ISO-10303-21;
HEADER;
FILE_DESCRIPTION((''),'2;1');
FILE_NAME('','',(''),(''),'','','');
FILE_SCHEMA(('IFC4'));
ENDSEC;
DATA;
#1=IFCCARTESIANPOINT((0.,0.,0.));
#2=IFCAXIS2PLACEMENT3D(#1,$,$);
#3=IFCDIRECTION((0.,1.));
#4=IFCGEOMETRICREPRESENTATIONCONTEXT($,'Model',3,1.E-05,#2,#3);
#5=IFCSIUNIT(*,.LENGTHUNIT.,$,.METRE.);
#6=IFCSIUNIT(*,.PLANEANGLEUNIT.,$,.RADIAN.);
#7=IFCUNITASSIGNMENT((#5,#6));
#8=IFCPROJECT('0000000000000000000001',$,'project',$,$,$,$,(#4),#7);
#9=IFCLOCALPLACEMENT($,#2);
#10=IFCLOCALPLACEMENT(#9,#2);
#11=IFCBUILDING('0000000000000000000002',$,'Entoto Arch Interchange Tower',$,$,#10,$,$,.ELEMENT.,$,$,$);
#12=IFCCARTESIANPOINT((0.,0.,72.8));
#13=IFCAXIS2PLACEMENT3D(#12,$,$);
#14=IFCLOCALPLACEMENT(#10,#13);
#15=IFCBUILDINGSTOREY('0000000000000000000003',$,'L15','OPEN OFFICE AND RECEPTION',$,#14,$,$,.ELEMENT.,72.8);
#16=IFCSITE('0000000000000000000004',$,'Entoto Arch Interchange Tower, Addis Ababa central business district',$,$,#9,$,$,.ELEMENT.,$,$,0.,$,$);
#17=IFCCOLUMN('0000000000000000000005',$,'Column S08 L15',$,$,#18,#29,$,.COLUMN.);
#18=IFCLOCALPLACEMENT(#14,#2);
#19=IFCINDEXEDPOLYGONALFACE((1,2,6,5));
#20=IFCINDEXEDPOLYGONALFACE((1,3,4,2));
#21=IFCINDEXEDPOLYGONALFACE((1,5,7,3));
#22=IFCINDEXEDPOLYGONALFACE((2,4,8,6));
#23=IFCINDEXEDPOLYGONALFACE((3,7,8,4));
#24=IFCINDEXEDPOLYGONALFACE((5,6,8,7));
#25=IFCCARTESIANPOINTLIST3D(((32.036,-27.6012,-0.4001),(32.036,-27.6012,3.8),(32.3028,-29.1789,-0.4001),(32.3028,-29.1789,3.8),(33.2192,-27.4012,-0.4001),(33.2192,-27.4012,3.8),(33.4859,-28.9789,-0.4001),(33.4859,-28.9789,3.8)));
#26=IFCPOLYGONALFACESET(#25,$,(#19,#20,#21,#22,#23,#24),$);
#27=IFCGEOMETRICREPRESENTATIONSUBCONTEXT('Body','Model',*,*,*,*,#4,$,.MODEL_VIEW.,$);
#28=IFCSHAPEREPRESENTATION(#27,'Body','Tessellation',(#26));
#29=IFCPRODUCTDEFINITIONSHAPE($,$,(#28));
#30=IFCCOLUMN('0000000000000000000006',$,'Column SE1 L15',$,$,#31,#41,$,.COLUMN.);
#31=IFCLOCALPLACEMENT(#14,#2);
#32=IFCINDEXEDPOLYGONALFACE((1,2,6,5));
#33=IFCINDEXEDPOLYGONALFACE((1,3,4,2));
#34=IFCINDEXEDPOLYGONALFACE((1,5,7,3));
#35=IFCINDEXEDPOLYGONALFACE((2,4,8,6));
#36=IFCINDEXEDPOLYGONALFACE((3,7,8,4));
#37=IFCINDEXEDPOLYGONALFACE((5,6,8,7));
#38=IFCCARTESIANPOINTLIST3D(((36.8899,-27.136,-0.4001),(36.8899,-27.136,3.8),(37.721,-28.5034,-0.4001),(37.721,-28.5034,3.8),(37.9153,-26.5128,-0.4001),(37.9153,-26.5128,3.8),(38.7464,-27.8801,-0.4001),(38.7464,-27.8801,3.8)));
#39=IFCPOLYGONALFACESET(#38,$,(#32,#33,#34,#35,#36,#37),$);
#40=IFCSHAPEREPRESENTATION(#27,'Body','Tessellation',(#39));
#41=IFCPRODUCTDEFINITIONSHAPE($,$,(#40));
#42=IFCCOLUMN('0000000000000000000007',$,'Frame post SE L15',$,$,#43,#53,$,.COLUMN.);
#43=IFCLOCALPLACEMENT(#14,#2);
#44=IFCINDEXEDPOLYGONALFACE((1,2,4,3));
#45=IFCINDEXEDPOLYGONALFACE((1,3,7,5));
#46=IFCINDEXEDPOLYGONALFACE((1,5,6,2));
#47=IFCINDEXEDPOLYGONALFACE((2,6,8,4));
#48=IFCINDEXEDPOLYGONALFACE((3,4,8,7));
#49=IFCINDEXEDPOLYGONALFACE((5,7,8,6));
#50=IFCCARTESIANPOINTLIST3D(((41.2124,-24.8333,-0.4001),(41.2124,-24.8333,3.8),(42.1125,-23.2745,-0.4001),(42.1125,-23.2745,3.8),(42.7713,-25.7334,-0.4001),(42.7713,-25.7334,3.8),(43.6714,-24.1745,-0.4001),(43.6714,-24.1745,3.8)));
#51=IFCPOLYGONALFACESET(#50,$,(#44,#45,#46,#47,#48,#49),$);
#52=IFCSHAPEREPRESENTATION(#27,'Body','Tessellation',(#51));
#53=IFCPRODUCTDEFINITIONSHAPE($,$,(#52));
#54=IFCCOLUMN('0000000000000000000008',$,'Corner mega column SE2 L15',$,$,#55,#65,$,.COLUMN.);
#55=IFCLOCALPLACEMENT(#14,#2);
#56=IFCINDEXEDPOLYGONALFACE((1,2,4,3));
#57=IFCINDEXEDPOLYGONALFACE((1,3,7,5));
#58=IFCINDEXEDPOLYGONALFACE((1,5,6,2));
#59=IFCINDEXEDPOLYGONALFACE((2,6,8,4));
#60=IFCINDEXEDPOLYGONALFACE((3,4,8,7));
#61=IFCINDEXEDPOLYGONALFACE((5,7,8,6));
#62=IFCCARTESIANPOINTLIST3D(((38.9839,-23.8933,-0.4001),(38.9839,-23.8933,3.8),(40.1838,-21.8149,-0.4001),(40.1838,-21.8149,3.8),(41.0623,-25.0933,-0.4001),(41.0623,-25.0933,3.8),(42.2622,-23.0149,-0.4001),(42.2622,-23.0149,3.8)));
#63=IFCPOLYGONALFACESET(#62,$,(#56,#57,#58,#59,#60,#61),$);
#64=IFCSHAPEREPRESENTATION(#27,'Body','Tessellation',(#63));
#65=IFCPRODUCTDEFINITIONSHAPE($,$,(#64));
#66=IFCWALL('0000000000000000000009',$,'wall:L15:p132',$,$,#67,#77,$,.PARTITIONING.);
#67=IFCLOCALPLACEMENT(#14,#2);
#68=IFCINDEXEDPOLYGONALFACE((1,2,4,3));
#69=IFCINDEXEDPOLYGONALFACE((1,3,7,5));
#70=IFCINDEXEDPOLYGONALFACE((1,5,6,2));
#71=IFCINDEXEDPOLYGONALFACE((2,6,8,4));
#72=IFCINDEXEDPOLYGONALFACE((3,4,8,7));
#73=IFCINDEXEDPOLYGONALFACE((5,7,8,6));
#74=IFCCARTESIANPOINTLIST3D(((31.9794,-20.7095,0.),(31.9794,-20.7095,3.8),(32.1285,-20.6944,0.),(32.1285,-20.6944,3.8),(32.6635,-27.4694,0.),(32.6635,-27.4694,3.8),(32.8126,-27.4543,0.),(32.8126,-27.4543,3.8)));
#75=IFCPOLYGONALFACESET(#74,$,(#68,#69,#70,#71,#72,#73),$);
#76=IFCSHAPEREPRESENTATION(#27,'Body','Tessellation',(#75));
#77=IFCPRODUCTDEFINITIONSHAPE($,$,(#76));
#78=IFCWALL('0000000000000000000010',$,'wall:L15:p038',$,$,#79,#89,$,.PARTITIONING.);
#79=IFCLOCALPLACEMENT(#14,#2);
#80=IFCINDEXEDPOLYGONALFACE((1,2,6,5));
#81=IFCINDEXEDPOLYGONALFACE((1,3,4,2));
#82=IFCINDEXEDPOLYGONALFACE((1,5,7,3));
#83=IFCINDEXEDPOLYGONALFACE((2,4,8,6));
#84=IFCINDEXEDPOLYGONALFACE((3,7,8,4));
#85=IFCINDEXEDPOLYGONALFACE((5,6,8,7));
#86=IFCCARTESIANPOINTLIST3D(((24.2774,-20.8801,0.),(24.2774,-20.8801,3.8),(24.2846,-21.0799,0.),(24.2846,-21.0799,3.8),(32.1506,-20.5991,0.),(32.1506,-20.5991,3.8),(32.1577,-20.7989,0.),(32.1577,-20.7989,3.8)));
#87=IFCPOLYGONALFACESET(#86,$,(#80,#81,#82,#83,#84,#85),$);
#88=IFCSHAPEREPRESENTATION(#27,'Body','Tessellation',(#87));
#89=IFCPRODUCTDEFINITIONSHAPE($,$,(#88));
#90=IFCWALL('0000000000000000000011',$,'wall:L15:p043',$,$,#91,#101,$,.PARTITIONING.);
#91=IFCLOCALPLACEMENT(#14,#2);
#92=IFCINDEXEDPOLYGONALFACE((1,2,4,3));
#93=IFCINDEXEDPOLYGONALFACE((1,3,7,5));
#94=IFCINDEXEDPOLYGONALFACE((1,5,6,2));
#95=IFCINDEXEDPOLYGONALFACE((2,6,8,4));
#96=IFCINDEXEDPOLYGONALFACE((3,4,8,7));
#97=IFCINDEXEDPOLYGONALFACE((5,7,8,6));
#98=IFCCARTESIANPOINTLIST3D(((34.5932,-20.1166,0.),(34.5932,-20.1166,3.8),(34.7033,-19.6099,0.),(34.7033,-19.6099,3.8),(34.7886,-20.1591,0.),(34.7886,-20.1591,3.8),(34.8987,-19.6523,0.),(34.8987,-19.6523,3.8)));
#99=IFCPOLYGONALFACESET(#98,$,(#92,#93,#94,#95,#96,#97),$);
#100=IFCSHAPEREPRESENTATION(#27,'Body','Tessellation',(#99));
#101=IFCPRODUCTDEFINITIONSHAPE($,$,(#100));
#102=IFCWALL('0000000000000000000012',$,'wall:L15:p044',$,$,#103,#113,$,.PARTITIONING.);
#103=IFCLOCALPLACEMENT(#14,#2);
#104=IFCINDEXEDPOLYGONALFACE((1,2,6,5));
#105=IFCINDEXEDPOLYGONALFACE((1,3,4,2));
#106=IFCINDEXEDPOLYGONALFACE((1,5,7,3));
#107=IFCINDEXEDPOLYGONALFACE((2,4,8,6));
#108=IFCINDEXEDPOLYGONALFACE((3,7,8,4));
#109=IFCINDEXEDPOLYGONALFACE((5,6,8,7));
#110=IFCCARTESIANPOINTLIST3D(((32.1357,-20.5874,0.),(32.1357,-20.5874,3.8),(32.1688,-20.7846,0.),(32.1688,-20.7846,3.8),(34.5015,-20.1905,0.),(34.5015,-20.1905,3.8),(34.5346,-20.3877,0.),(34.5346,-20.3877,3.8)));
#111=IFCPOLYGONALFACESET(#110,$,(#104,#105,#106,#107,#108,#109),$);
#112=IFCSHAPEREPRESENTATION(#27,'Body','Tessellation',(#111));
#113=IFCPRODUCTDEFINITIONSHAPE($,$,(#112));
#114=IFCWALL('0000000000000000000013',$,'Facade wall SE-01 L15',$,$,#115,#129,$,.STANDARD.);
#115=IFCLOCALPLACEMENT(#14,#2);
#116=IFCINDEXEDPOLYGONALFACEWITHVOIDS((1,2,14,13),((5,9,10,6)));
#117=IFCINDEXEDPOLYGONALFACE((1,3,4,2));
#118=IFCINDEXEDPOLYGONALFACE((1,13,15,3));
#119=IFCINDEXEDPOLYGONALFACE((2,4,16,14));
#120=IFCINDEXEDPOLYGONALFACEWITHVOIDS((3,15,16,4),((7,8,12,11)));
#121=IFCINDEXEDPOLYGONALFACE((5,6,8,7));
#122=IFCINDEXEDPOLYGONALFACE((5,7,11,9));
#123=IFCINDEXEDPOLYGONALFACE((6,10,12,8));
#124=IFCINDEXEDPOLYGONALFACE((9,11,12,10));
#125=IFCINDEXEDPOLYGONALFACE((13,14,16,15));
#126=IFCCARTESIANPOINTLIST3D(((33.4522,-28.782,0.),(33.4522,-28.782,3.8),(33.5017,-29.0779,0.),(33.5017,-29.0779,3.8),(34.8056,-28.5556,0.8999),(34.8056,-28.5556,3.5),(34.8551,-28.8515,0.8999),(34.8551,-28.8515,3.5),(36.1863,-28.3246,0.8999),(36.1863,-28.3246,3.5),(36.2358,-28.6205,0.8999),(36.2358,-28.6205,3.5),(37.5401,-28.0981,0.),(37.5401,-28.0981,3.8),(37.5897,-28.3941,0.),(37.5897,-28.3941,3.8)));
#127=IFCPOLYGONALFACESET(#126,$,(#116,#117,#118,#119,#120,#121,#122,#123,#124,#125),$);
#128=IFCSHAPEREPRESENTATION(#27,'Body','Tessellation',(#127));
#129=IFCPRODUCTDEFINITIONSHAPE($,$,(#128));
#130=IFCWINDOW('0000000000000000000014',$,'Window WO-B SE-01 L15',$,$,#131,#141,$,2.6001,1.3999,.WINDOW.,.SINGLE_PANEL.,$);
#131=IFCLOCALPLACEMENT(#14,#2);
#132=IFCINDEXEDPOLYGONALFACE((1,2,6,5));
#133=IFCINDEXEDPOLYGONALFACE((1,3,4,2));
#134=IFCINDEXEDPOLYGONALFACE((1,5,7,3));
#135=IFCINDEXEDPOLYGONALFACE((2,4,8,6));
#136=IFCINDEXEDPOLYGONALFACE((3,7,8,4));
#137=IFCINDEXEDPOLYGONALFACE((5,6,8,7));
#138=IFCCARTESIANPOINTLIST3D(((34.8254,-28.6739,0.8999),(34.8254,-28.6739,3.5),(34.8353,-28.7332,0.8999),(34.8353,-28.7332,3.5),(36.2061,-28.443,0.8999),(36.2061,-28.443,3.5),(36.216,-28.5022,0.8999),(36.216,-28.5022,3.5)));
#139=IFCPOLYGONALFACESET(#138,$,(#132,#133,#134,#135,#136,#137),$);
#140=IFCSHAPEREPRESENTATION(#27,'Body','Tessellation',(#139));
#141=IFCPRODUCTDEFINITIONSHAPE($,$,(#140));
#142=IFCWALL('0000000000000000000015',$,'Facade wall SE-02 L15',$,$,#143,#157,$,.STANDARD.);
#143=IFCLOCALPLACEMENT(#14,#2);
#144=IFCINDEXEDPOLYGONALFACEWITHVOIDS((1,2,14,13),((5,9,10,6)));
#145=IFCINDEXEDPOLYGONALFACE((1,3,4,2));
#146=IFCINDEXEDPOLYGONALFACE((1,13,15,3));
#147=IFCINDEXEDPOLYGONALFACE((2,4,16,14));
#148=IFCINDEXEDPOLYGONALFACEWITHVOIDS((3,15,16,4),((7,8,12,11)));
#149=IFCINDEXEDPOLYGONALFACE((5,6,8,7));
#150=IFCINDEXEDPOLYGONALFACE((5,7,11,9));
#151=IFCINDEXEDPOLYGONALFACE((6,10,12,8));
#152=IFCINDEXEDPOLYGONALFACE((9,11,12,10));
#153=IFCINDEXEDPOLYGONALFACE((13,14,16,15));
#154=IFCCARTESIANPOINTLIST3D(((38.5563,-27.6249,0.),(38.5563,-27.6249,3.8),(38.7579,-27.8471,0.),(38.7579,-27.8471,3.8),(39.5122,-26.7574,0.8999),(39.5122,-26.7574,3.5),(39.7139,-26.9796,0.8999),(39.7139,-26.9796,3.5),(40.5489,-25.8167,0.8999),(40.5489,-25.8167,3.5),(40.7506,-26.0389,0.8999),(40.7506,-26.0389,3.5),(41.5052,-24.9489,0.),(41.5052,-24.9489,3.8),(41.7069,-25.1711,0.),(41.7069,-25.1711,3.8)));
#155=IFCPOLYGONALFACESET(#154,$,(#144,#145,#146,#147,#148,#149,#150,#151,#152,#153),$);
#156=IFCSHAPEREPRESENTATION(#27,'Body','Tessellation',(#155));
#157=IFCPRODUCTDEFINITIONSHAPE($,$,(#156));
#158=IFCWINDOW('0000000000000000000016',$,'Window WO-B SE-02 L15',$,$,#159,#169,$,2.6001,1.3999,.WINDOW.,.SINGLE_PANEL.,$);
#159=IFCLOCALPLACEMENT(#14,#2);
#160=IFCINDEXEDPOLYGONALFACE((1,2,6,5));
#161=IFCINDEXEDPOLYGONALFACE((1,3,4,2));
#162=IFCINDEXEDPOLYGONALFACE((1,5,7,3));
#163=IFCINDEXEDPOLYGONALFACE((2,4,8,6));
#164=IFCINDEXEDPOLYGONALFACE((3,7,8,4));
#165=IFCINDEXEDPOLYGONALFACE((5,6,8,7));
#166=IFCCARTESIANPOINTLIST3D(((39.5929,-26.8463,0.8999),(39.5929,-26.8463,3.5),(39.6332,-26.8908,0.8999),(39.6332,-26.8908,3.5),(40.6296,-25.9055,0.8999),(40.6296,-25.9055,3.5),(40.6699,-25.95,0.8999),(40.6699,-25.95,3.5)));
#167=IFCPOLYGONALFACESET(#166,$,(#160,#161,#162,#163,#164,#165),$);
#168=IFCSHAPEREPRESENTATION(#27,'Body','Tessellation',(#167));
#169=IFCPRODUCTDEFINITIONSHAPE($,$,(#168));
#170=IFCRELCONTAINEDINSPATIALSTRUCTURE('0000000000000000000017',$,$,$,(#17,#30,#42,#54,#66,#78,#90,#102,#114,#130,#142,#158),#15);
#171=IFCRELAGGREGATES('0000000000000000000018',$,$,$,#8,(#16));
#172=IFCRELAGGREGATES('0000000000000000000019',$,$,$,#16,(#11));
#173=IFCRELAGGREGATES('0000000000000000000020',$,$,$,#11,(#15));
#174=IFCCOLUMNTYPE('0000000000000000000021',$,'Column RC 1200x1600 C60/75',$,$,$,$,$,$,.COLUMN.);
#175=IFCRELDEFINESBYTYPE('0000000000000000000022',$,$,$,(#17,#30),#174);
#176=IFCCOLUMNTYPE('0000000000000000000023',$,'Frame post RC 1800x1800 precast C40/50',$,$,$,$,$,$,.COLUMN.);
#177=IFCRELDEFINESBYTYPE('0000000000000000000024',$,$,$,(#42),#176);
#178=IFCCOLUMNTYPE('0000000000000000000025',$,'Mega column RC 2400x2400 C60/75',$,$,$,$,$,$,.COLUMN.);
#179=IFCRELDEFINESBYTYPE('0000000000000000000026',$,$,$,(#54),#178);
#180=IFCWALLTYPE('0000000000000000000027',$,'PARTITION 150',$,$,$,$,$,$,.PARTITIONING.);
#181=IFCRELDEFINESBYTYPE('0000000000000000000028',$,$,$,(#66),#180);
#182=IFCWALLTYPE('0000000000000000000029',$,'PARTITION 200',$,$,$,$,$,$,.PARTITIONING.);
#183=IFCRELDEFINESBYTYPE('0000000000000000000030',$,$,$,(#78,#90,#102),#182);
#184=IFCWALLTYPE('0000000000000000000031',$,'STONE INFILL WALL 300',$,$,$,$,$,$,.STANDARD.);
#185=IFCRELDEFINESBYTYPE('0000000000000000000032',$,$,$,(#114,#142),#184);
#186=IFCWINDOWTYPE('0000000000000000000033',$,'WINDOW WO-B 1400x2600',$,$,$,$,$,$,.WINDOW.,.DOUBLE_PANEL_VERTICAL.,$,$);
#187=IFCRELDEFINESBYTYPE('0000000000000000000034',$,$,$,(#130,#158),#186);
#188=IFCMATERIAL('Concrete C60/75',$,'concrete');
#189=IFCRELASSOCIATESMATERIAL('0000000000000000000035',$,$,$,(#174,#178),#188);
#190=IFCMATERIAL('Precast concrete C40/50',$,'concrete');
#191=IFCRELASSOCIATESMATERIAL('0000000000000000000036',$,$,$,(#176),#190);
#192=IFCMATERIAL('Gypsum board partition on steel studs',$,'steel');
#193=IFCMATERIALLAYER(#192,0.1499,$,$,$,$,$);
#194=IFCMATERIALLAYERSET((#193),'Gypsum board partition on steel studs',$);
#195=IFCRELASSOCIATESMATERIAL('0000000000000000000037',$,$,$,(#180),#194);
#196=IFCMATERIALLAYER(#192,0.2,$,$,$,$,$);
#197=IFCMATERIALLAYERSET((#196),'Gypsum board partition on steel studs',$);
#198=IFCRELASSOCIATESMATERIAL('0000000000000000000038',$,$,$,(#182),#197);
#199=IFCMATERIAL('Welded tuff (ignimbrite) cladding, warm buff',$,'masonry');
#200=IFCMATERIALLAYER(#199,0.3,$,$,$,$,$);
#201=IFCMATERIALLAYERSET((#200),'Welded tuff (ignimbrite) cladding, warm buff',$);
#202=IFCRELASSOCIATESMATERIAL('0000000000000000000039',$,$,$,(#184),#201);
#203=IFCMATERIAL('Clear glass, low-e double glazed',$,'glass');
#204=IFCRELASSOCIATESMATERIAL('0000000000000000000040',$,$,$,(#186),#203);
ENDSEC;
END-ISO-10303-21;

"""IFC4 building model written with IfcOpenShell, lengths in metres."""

from ifc_helpers import new_model, si_unit, direction, frame, frame_2d, origin, origin_2d, place, context, subcontext, project, spatial, rectangle, extrude, material, layer, layer_set, material_profile, profile_set, type_object, element, fill, save


model = new_model("IFC4")

# Units and contexts
model_context = context("Model", 3, precision=1e-05, world=origin(), true_north=direction((0.0, 1.0)))
body_context = subcontext(model_context, "Body", "Model", "MODEL_VIEW")
ifc_project = project(units=[si_unit("LENGTHUNIT", "METRE"), si_unit("PLANEANGLEUNIT", "RADIAN")], contexts=[model_context])

# Site, building, storey
site_placement = place(None, origin())
site = spatial("IfcSite", under=ifc_project, at=site_placement, Name="Entoto Arch Interchange Tower, Addis Ababa central business district", CompositionType="ELEMENT", RefElevation=0.0)
building_placement = place(site_placement, origin())
building = spatial("IfcBuilding", under=site, at=building_placement, Name="Entoto Arch Interchange Tower", CompositionType="ELEMENT")
storey_placement = place(building_placement, frame((0.0, 0.0, 72.8)))
storey = spatial("IfcBuildingStorey", under=building, at=storey_placement, Name="L15", Description="OPEN OFFICE AND RECEPTION", CompositionType="ELEMENT", Elevation=72.8)

# Columns
ifc_material_1 = material(Name="Concrete C60/75", Category="concrete")
ifc_material_profile_1 = material_profile(ifc_material_1, rectangle(XDim=1.2, YDim=1.6001, at=origin_2d()))
ifc_profile_set_1 = profile_set([ifc_material_profile_1], Name="Concrete C60/75")
column_type_1 = type_object("IfcColumnType", Name="Column RC 1200x1600 C60/75", PredefinedType="COLUMN", material=ifc_profile_set_1)
for number, where, z_axis, x_axis, name in (
    (1, (32.761, -28.29, -0.4001), (0.0, 0.0, 1.0), (0.986005, 0.166717, 0.0), "Column S08 L15"),
    (2, (37.8181, -27.5081, -0.4001), (0.0, 0.0, 1.0), (0.854522, 0.519415, 0.0), "Column SE1 L15"),
):
    element("IfcColumn", number, at=place(storey_placement, frame(where, z_axis=z_axis, x_axis=x_axis)), inside=storey, type_object=column_type_1, Name=name, PredefinedType="COLUMN", context=body_context, shape_type="SweptSolid", body=[
        extrude(rectangle(XDim=1.2, YDim=1.6001, at=origin_2d()), origin(), (0.0, 0.0, 1.0), 4.2002),
    ])
ifc_material_2 = material(Name="Precast concrete C40/50", Category="concrete")
ifc_material_profile_2 = material_profile(ifc_material_2, rectangle(XDim=1.8, YDim=1.8, at=origin_2d()))
ifc_profile_set_2 = profile_set([ifc_material_profile_2], Name="Precast concrete C40/50")
column_type_2 = type_object("IfcColumnType", Name="Frame post RC 1800x1800 precast C40/50", PredefinedType="COLUMN", material=ifc_profile_set_2)
column_1_placement = place(storey_placement, frame((42.4419, -24.5039, -0.4001), z_axis=(0.0, 0.0, 1.0), x_axis=(-0.866025, 0.5, 0.0)))
element("IfcColumn", 3, at=column_1_placement, inside=storey, type_object=column_type_2, Name="Frame post SE L15", PredefinedType="COLUMN", context=body_context, shape_type="SweptSolid", body=[
    extrude(rectangle(XDim=1.8, YDim=1.8, at=origin_2d()), origin(), (0.0, 0.0, 1.0), 4.2002),
])
ifc_material_profile_3 = material_profile(ifc_material_1, rectangle(XDim=2.3999, YDim=2.3999, at=origin_2d()))
ifc_profile_set_3 = profile_set([ifc_material_profile_3], Name="Concrete C60/75")
column_type_3 = type_object("IfcColumnType", Name="Mega column RC 2400x2400 C60/75", PredefinedType="COLUMN", material=ifc_profile_set_3)
column_2_placement = place(storey_placement, frame((40.623, -23.4541, -0.4001), z_axis=(0.0, 0.0, 1.0), x_axis=(-0.866025, 0.5, 0.0)))
element("IfcColumn", 4, at=column_2_placement, inside=storey, type_object=column_type_3, Name="Corner mega column SE2 L15", PredefinedType="COLUMN", context=body_context, shape_type="SweptSolid", body=[
    extrude(rectangle(XDim=2.3999, YDim=2.3999, at=origin_2d()), origin(), (0.0, 0.0, 1.0), 4.2002),
])

# Walls
ifc_material_3 = material(Name="Gypsum board partition on steel studs", Category="steel")
ifc_layer_1 = layer(ifc_material_3, 0.1499)
ifc_layer_set_1 = layer_set([ifc_layer_1], Name="Gypsum board partition on steel studs")
wall_type_1 = type_object("IfcWallType", Name="PARTITION 150", PredefinedType="PARTITIONING", material=ifc_layer_set_1)
wall_1_placement = place(storey_placement, frame((32.054, -20.7019, 0.0), z_axis=(0.0, 0.0, 1.0), x_axis=(0.100681, -0.994919, 0.0)))
element("IfcWall", 5, at=wall_1_placement, inside=storey, type_object=wall_type_1, Name="wall:L15:p132", PredefinedType="PARTITIONING", context=body_context, shape_type="SweptSolid", body=[
    extrude(rectangle(XDim=6.7944, YDim=0.1499, at=frame_2d((3.3972, 0.0))), origin(), (0.0, 0.0, 1.0), 3.8),
])
ifc_layer_2 = layer(ifc_material_3, 0.2)
ifc_layer_set_2 = layer_set([ifc_layer_2], Name="Gypsum board partition on steel studs")
wall_type_2 = type_object("IfcWallType", Name="PARTITION 200", PredefinedType="PARTITIONING", material=ifc_layer_set_2)
wall_2_placement = place(storey_placement, frame((32.1541, -20.699, 0.0), z_axis=(0.0, 0.0, 1.0), x_axis=(-0.999364, -0.035669, 0.0)))
element("IfcWall", 6, at=wall_2_placement, inside=storey, type_object=wall_type_2, Name="wall:L15:p038", PredefinedType="PARTITIONING", context=body_context, shape_type="SweptSolid", body=[
    extrude(rectangle(XDim=7.8782, YDim=0.2, at=frame_2d((3.939, 0.0))), origin(), (0.0, 0.0, 1.0), 3.8),
])
wall_3_placement = place(storey_placement, frame((34.801, -19.6311, 0.0), z_axis=(0.0, 0.0, 1.0), x_axis=(-0.212293, -0.977206, 0.0)))
element("IfcWall", 7, at=wall_3_placement, inside=storey, type_object=wall_type_2, Name="wall:L15:p043", PredefinedType="PARTITIONING", context=body_context, shape_type="SweptSolid", body=[
    extrude(rectangle(XDim=0.5186, YDim=0.2, at=frame_2d((0.2593, 0.0))), origin(), (0.0, 0.0, 1.0), 3.8),
])
wall_4_placement = place(storey_placement, frame((34.5181, -20.2891, 0.0), z_axis=(0.0, 0.0, 1.0), x_axis=(-0.986215, -0.165472, 0.0)))
element("IfcWall", 8, at=wall_4_placement, inside=storey, type_object=wall_type_2, Name="wall:L15:p044", PredefinedType="PARTITIONING", context=body_context, shape_type="SweptSolid", body=[
    extrude(rectangle(XDim=2.3989, YDim=0.2, at=frame_2d((1.1995, 0.0))), origin(), (0.0, 0.0, 1.0), 3.8),
])

# Walls, openings, windows
ifc_material_4 = material(Name="Welded tuff (ignimbrite) cladding, warm buff", Category="masonry")
ifc_layer_3 = layer(ifc_material_4, 0.3)
ifc_layer_set_3 = layer_set([ifc_layer_3], Name="Welded tuff (ignimbrite) cladding, warm buff")
wall_type_3 = type_object("IfcWallType", Name="STONE INFILL WALL 300", PredefinedType="STANDARD", material=ifc_layer_set_3)
wall_5_placement = place(storey_placement, frame((33.4771, -28.9299, 0.0), z_axis=(0.0, 0.0, 1.0), x_axis=(0.986295, 0.164991, 0.0)))
wall_5 = element("IfcWall", 9, at=wall_5_placement, inside=storey, type_object=wall_type_3, Name="Facade wall SE-01 L15", PredefinedType="STANDARD", context=body_context, shape_type="SweptSolid", body=[
    extrude(rectangle(XDim=4.1448, YDim=0.3, at=frame_2d((2.0723, 0.0))), origin(), (0.0, 0.0, 1.0), 3.8),
])
opening_1_placement = place(wall_5_placement, frame((1.3721, 0.0, 0.8999)))
opening_1 = element("IfcOpeningElement", 10, at=opening_1_placement, cuts=wall_5, PredefinedType="OPENING", context=body_context, shape_type="SweptSolid", body=[
    extrude(rectangle(XDim=1.3999, YDim=2.6001, at=frame_2d((0.7, 1.3))), frame((0.0, 0.1602, 0.0), z_axis=(0.0, -1.0, 0.0), x_axis=(1.0, 0.0, 0.0)), (0.0, 0.0, 1.0), 0.3201),
])
ifc_material_5 = material(Name="Clear glass, low-e double glazed", Category="glass")
window_type = type_object("IfcWindowType", Name="WINDOW WO-B 1400x2600", PartitioningType="DOUBLE_PANEL_VERTICAL", PredefinedType="WINDOW", material=ifc_material_5)
window_1_placement = place(opening_1_placement, origin())
window_1 = element("IfcWindow", 11, at=window_1_placement, inside=storey, type_object=window_type, Name="Window WO-B SE-01 L15", OverallHeight=2.6001, OverallWidth=1.3999, PartitioningType="SINGLE_PANEL", PredefinedType="WINDOW", context=body_context, shape_type="SweptSolid", body=[
    extrude(rectangle(XDim=1.3999, YDim=2.6001, at=frame_2d((0.7, 1.3))), frame((0.0, 0.03, 0.0), z_axis=(0.0, -1.0, 0.0), x_axis=(1.0, 0.0, 0.0)), (0.0, 0.0, 1.0), 0.0601),
])
fill(opening_1, window_1)
wall_6_placement = place(storey_placement, frame((38.657, -27.7361, 0.0), z_axis=(0.0, 0.0, 1.0), x_axis=(0.740547, 0.672004, 0.0)))
wall_6 = element("IfcWall", 12, at=wall_6_placement, inside=storey, type_object=wall_type_3, Name="Facade wall SE-02 L15", PredefinedType="STANDARD", context=body_context, shape_type="SweptSolid", body=[
    extrude(rectangle(XDim=3.9822, YDim=0.3, at=frame_2d((1.9912, 0.0))), origin(), (0.0, 0.0, 1.0), 3.8),
])
opening_2_placement = place(wall_6_placement, frame((1.291, 0.0, 0.8999)))
opening_2 = element("IfcOpeningElement", 13, at=opening_2_placement, cuts=wall_6, PredefinedType="OPENING", context=body_context, shape_type="SweptSolid", body=[
    extrude(rectangle(XDim=1.3999, YDim=2.6001, at=frame_2d((0.7, 1.3))), frame((0.0, 0.1602, 0.0), z_axis=(0.0, -1.0, 0.0), x_axis=(1.0, 0.0, 0.0)), (0.0, 0.0, 1.0), 0.3201),
])
window_2_placement = place(opening_2_placement, origin())
window_2 = element("IfcWindow", 14, at=window_2_placement, inside=storey, type_object=window_type, Name="Window WO-B SE-02 L15", OverallHeight=2.6001, OverallWidth=1.3999, PartitioningType="SINGLE_PANEL", PredefinedType="WINDOW", context=body_context, shape_type="SweptSolid", body=[
    extrude(rectangle(XDim=1.3999, YDim=2.6001, at=frame_2d((0.7, 1.3))), frame((0.0, 0.03, 0.0), z_axis=(0.0, -1.0, 0.0), x_axis=(1.0, 0.0, 0.0)), (0.0, 0.0, 1.0), 0.0601),
])
fill(opening_2, window_2)

save(model, "model.ifc")
